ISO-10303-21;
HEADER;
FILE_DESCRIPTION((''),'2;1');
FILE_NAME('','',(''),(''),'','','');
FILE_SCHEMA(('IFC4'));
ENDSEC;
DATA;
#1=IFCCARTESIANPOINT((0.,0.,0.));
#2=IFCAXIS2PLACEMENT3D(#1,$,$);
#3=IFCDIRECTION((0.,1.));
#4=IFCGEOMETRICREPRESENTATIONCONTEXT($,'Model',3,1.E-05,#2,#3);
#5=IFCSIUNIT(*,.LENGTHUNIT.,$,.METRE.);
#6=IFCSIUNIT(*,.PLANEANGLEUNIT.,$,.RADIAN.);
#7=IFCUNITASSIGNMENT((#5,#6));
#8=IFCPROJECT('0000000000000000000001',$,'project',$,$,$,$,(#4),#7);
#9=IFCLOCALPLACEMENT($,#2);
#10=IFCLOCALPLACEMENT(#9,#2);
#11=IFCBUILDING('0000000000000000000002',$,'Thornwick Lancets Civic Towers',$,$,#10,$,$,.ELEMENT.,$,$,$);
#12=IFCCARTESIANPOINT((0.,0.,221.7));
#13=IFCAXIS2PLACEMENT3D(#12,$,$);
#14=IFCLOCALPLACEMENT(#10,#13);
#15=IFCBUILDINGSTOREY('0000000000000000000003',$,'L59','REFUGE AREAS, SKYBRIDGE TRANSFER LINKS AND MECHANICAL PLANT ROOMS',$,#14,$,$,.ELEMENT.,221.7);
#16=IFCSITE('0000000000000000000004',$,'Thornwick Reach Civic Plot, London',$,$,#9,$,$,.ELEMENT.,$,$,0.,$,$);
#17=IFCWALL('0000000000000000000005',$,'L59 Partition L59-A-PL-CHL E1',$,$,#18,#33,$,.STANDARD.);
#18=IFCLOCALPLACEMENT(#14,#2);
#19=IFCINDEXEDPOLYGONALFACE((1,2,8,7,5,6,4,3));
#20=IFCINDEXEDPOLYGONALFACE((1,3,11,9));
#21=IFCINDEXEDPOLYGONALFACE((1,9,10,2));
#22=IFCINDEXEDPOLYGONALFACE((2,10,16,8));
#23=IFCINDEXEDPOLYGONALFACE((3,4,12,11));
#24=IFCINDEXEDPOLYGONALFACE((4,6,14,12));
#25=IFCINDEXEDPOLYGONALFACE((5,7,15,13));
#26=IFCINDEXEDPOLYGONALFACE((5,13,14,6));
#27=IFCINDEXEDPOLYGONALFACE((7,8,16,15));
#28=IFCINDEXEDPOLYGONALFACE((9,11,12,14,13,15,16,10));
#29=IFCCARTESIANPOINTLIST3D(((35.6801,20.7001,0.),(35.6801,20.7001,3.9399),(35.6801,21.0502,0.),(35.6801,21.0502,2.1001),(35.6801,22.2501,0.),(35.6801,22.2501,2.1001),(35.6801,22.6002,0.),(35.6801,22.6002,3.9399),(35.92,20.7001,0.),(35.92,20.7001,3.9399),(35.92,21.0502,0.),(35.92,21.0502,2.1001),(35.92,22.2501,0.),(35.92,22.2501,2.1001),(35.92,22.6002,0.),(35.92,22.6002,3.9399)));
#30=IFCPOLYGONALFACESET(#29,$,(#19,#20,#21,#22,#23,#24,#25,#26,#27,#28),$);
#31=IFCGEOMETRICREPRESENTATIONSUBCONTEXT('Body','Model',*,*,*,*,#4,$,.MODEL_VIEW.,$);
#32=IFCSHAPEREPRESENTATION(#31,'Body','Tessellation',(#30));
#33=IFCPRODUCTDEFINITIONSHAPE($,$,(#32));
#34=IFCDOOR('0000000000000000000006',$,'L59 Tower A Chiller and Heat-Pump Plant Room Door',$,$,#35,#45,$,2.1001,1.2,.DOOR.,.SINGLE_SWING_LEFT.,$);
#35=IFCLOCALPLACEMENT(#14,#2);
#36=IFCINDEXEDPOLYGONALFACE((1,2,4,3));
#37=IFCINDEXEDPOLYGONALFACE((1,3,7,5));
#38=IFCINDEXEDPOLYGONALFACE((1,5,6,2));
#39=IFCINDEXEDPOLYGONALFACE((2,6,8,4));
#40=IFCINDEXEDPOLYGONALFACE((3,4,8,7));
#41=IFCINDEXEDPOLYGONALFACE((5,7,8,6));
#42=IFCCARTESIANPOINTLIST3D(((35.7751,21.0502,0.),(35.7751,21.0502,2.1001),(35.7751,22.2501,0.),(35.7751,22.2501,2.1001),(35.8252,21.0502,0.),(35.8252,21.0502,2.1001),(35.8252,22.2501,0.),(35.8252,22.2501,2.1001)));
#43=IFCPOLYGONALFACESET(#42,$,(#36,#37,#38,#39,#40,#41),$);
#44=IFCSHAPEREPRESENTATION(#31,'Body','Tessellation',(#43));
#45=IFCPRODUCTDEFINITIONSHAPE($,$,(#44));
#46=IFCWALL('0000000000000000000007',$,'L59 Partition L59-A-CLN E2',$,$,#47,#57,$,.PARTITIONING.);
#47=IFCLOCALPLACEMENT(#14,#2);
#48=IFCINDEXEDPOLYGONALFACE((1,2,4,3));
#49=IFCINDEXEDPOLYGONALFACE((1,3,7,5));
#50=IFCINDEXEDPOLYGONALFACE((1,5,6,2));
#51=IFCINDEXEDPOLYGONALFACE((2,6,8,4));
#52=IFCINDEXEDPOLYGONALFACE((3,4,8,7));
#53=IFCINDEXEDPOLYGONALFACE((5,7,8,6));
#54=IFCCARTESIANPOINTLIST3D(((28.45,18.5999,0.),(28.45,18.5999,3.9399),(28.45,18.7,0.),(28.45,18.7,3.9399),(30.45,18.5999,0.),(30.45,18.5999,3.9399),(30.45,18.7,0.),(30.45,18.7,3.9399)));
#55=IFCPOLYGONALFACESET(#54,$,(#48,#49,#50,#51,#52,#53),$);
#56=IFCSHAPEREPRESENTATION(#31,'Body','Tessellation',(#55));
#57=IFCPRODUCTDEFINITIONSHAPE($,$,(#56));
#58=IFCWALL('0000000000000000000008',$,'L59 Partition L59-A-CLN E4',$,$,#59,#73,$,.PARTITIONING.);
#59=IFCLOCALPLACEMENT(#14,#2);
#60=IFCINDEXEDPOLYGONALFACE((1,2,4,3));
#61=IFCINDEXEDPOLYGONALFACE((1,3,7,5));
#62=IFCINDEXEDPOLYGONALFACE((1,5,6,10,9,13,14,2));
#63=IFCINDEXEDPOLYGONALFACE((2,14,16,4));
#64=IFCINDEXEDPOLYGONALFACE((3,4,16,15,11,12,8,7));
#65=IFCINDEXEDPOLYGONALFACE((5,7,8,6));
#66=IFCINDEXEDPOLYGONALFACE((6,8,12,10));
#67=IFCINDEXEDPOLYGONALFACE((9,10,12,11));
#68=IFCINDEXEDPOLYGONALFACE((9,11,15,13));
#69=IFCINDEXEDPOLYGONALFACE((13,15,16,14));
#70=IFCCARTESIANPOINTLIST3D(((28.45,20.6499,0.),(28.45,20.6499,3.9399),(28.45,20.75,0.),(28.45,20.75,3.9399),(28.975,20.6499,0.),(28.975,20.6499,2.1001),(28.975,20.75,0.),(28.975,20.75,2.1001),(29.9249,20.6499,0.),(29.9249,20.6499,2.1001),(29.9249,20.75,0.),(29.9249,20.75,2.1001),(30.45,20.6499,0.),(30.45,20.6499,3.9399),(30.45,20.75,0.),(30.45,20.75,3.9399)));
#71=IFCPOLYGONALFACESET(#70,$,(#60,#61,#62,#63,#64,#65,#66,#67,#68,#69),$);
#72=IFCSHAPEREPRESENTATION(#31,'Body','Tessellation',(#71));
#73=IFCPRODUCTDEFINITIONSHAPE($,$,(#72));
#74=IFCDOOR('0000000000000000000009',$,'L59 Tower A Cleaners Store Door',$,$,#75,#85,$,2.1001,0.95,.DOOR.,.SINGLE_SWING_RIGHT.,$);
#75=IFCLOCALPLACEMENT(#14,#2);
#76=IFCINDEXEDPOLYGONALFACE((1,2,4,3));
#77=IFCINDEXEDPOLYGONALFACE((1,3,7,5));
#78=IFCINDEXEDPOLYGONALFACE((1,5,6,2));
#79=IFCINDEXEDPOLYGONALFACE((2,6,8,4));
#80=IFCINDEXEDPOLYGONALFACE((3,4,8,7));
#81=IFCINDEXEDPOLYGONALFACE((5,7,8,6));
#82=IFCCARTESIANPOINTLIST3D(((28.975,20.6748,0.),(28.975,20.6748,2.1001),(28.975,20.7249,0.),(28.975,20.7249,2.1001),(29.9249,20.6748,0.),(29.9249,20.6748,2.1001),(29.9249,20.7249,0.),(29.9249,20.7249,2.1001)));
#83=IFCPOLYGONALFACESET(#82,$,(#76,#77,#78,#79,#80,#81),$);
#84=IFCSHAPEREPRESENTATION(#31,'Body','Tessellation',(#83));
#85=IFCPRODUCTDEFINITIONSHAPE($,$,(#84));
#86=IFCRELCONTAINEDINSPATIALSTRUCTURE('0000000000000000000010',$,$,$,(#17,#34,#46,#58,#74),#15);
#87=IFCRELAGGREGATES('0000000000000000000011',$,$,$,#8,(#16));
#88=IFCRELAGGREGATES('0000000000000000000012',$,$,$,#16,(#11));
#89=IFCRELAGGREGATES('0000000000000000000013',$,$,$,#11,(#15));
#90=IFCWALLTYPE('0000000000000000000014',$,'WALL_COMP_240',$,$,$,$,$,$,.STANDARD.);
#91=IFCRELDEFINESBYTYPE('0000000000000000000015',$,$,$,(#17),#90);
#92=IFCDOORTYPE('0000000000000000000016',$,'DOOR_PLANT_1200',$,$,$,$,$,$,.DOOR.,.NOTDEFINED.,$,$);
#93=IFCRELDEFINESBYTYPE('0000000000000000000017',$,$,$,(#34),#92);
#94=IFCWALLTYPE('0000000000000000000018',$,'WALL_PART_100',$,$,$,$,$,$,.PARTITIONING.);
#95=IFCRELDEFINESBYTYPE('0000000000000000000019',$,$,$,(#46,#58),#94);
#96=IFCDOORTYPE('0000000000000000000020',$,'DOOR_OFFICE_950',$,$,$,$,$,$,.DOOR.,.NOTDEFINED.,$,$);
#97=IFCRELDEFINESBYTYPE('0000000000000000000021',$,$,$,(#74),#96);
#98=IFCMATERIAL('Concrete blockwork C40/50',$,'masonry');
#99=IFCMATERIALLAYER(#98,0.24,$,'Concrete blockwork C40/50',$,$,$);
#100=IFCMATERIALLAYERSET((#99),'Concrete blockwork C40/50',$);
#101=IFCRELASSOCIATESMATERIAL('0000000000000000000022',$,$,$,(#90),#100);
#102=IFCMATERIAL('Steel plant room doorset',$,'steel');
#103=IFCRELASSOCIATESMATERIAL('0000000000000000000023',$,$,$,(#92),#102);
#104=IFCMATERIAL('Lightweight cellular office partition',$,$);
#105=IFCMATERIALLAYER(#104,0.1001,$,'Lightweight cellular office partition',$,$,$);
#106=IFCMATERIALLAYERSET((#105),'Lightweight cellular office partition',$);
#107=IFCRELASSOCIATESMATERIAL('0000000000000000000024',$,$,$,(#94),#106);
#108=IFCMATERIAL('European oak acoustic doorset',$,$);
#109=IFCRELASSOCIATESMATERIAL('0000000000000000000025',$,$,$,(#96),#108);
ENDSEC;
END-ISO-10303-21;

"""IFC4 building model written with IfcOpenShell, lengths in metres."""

from ifc_helpers import new_model, si_unit, direction, frame, frame_2d, origin, place, context, subcontext, project, spatial, rectangle, extrude, material, layer, layer_set, type_object, element, fill, save


model = new_model("IFC4")

# Units and contexts
model_context = context("Model", 3, precision=1e-05, world=origin(), true_north=direction((0.0, 1.0)))
body_context = subcontext(model_context, "Body", "Model", "MODEL_VIEW")
ifc_project = project(units=[si_unit("LENGTHUNIT", "METRE"), si_unit("PLANEANGLEUNIT", "RADIAN")], contexts=[model_context])

# Site, building, storey
site_placement = place(None, origin())
site = spatial("IfcSite", under=ifc_project, at=site_placement, Name="Thornwick Reach Civic Plot, London", CompositionType="ELEMENT", RefElevation=0.0)
building_placement = place(site_placement, origin())
building = spatial("IfcBuilding", under=site, at=building_placement, Name="Thornwick Lancets Civic Towers", CompositionType="ELEMENT")
storey_placement = place(building_placement, frame((0.0, 0.0, 221.7)))
storey = spatial("IfcBuildingStorey", under=building, at=storey_placement, Name="L59", Description="REFUGE AREAS, SKYBRIDGE TRANSFER LINKS AND MECHANICAL PLANT ROOMS", CompositionType="ELEMENT", Elevation=221.7)

# Shared definitions
ifc_material_1 = material(Name="Concrete blockwork C40/50", Category="masonry")

# Shared definitions
ifc_layer_1 = layer(ifc_material_1, 0.24, Name="Concrete blockwork C40/50")
ifc_layer_set_1 = layer_set([ifc_layer_1], Name="Concrete blockwork C40/50")
wall_type_1 = type_object("IfcWallType", Name="WALL_COMP_240", PredefinedType="STANDARD", material=ifc_layer_set_1)

# Wall, opening, door
wall_1_placement = place(storey_placement, frame((35.8, 20.7, 0.0), z_axis=(0.0, 0.0, 1.0), x_axis=(0.0, 1.0, 0.0)))
wall_1 = element("IfcWall", 1, at=wall_1_placement, inside=storey, type_object=wall_type_1, Name="L59 Partition L59-A-PL-CHL E1", PredefinedType="STANDARD", context=body_context, shape_type="SweptSolid", body=[
    extrude(rectangle(XDim=1.9001, YDim=0.24, at=frame_2d((0.9502, 0.0))), origin(), (0.0, 0.0, 1.0), 3.9399),
])
opening_1_placement = place(wall_1_placement, frame((0.3501, 0.0, 0.0)))
opening_1 = element("IfcOpeningElement", 2, at=opening_1_placement, cuts=wall_1, PredefinedType="OPENING", context=body_context, shape_type="SweptSolid", body=[
    extrude(rectangle(XDim=1.2, YDim=2.1001, at=frame_2d((0.6001, 1.05))), frame((0.0, 0.1299, 0.0), z_axis=(0.0, -1.0, 0.0), x_axis=(1.0, 0.0, 0.0)), (0.0, 0.0, 1.0), 0.26),
])
ifc_material_2 = material(Name="Steel plant room doorset", Category="steel")
door_type_1 = type_object("IfcDoorType", Name="DOOR_PLANT_1200", OperationType="NOTDEFINED", PredefinedType="DOOR", material=ifc_material_2)
door_1_placement = place(opening_1_placement, origin())
door_1 = element("IfcDoor", 3, at=door_1_placement, inside=storey, type_object=door_type_1, Name="L59 Tower A Chiller and Heat-Pump Plant Room Door", OperationType="SINGLE_SWING_LEFT", OverallHeight=2.1001, OverallWidth=1.2, PredefinedType="DOOR", context=body_context, shape_type="SweptSolid", body=[
    extrude(rectangle(XDim=1.2, YDim=2.1001, at=frame_2d((0.6001, 1.05))), frame((0.0, 0.0249, 0.0), z_axis=(0.0, -1.0, 0.0), x_axis=(1.0, 0.0, 0.0)), (0.0, 0.0, 1.0), 0.05),
])
fill(opening_1, door_1)

# Wall
ifc_material_3 = material(Name="Lightweight cellular office partition")
ifc_layer_2 = layer(ifc_material_3, 0.1001, Name="Lightweight cellular office partition")
ifc_layer_set_2 = layer_set([ifc_layer_2], Name="Lightweight cellular office partition")
wall_type_2 = type_object("IfcWallType", Name="WALL_PART_100", PredefinedType="PARTITIONING", material=ifc_layer_set_2)
wall_2_placement = place(storey_placement, frame((30.45, 18.6499, 0.0), z_axis=(0.0, 0.0, 1.0), x_axis=(-1.0, 0.0, 0.0)))
element("IfcWall", 4, at=wall_2_placement, inside=storey, type_object=wall_type_2, Name="L59 Partition L59-A-CLN E2", PredefinedType="PARTITIONING", context=body_context, shape_type="SweptSolid", body=[
    extrude(rectangle(XDim=2.0, YDim=0.1001, at=frame_2d((1.0, 0.0))), origin(), (0.0, 0.0, 1.0), 3.9399),
])

# Wall, opening, door
wall_3_placement = place(storey_placement, frame((28.45, 20.7, 0.0), z_axis=(0.0, 0.0, 1.0), x_axis=(1.0, 0.0, 0.0)))
wall_3 = element("IfcWall", 5, at=wall_3_placement, inside=storey, type_object=wall_type_2, Name="L59 Partition L59-A-CLN E4", PredefinedType="PARTITIONING", context=body_context, shape_type="SweptSolid", body=[
    extrude(rectangle(XDim=2.0, YDim=0.1001, at=frame_2d((1.0, 0.0))), origin(), (0.0, 0.0, 1.0), 3.9399),
])
opening_2_placement = place(wall_3_placement, frame((0.5249, 0.0, 0.0)))
opening_2 = element("IfcOpeningElement", 6, at=opening_2_placement, cuts=wall_3, PredefinedType="OPENING", context=body_context, shape_type="SweptSolid", body=[
    extrude(rectangle(XDim=0.95, YDim=2.1001, at=frame_2d((0.4751, 1.05))), frame((0.0, 0.0601, 0.0), z_axis=(0.0, -1.0, 0.0), x_axis=(1.0, 0.0, 0.0)), (0.0, 0.0, 1.0), 0.1201),
])
ifc_material_4 = material(Name="European oak acoustic doorset")
door_type_2 = type_object("IfcDoorType", Name="DOOR_OFFICE_950", OperationType="NOTDEFINED", PredefinedType="DOOR", material=ifc_material_4)
door_2_placement = place(opening_2_placement, origin())
door_2 = element("IfcDoor", 7, at=door_2_placement, inside=storey, type_object=door_type_2, Name="L59 Tower A Cleaners Store Door", OperationType="SINGLE_SWING_RIGHT", OverallHeight=2.1001, OverallWidth=0.95, PredefinedType="DOOR", context=body_context, shape_type="SweptSolid", body=[
    extrude(rectangle(XDim=0.95, YDim=2.1001, at=frame_2d((0.4751, 1.05))), frame((0.0, 0.0249, 0.0), z_axis=(0.0, -1.0, 0.0), x_axis=(1.0, 0.0, 0.0)), (0.0, 0.0, 1.0), 0.05),
])
fill(opening_2, door_2)

save(model, "model.ifc")
